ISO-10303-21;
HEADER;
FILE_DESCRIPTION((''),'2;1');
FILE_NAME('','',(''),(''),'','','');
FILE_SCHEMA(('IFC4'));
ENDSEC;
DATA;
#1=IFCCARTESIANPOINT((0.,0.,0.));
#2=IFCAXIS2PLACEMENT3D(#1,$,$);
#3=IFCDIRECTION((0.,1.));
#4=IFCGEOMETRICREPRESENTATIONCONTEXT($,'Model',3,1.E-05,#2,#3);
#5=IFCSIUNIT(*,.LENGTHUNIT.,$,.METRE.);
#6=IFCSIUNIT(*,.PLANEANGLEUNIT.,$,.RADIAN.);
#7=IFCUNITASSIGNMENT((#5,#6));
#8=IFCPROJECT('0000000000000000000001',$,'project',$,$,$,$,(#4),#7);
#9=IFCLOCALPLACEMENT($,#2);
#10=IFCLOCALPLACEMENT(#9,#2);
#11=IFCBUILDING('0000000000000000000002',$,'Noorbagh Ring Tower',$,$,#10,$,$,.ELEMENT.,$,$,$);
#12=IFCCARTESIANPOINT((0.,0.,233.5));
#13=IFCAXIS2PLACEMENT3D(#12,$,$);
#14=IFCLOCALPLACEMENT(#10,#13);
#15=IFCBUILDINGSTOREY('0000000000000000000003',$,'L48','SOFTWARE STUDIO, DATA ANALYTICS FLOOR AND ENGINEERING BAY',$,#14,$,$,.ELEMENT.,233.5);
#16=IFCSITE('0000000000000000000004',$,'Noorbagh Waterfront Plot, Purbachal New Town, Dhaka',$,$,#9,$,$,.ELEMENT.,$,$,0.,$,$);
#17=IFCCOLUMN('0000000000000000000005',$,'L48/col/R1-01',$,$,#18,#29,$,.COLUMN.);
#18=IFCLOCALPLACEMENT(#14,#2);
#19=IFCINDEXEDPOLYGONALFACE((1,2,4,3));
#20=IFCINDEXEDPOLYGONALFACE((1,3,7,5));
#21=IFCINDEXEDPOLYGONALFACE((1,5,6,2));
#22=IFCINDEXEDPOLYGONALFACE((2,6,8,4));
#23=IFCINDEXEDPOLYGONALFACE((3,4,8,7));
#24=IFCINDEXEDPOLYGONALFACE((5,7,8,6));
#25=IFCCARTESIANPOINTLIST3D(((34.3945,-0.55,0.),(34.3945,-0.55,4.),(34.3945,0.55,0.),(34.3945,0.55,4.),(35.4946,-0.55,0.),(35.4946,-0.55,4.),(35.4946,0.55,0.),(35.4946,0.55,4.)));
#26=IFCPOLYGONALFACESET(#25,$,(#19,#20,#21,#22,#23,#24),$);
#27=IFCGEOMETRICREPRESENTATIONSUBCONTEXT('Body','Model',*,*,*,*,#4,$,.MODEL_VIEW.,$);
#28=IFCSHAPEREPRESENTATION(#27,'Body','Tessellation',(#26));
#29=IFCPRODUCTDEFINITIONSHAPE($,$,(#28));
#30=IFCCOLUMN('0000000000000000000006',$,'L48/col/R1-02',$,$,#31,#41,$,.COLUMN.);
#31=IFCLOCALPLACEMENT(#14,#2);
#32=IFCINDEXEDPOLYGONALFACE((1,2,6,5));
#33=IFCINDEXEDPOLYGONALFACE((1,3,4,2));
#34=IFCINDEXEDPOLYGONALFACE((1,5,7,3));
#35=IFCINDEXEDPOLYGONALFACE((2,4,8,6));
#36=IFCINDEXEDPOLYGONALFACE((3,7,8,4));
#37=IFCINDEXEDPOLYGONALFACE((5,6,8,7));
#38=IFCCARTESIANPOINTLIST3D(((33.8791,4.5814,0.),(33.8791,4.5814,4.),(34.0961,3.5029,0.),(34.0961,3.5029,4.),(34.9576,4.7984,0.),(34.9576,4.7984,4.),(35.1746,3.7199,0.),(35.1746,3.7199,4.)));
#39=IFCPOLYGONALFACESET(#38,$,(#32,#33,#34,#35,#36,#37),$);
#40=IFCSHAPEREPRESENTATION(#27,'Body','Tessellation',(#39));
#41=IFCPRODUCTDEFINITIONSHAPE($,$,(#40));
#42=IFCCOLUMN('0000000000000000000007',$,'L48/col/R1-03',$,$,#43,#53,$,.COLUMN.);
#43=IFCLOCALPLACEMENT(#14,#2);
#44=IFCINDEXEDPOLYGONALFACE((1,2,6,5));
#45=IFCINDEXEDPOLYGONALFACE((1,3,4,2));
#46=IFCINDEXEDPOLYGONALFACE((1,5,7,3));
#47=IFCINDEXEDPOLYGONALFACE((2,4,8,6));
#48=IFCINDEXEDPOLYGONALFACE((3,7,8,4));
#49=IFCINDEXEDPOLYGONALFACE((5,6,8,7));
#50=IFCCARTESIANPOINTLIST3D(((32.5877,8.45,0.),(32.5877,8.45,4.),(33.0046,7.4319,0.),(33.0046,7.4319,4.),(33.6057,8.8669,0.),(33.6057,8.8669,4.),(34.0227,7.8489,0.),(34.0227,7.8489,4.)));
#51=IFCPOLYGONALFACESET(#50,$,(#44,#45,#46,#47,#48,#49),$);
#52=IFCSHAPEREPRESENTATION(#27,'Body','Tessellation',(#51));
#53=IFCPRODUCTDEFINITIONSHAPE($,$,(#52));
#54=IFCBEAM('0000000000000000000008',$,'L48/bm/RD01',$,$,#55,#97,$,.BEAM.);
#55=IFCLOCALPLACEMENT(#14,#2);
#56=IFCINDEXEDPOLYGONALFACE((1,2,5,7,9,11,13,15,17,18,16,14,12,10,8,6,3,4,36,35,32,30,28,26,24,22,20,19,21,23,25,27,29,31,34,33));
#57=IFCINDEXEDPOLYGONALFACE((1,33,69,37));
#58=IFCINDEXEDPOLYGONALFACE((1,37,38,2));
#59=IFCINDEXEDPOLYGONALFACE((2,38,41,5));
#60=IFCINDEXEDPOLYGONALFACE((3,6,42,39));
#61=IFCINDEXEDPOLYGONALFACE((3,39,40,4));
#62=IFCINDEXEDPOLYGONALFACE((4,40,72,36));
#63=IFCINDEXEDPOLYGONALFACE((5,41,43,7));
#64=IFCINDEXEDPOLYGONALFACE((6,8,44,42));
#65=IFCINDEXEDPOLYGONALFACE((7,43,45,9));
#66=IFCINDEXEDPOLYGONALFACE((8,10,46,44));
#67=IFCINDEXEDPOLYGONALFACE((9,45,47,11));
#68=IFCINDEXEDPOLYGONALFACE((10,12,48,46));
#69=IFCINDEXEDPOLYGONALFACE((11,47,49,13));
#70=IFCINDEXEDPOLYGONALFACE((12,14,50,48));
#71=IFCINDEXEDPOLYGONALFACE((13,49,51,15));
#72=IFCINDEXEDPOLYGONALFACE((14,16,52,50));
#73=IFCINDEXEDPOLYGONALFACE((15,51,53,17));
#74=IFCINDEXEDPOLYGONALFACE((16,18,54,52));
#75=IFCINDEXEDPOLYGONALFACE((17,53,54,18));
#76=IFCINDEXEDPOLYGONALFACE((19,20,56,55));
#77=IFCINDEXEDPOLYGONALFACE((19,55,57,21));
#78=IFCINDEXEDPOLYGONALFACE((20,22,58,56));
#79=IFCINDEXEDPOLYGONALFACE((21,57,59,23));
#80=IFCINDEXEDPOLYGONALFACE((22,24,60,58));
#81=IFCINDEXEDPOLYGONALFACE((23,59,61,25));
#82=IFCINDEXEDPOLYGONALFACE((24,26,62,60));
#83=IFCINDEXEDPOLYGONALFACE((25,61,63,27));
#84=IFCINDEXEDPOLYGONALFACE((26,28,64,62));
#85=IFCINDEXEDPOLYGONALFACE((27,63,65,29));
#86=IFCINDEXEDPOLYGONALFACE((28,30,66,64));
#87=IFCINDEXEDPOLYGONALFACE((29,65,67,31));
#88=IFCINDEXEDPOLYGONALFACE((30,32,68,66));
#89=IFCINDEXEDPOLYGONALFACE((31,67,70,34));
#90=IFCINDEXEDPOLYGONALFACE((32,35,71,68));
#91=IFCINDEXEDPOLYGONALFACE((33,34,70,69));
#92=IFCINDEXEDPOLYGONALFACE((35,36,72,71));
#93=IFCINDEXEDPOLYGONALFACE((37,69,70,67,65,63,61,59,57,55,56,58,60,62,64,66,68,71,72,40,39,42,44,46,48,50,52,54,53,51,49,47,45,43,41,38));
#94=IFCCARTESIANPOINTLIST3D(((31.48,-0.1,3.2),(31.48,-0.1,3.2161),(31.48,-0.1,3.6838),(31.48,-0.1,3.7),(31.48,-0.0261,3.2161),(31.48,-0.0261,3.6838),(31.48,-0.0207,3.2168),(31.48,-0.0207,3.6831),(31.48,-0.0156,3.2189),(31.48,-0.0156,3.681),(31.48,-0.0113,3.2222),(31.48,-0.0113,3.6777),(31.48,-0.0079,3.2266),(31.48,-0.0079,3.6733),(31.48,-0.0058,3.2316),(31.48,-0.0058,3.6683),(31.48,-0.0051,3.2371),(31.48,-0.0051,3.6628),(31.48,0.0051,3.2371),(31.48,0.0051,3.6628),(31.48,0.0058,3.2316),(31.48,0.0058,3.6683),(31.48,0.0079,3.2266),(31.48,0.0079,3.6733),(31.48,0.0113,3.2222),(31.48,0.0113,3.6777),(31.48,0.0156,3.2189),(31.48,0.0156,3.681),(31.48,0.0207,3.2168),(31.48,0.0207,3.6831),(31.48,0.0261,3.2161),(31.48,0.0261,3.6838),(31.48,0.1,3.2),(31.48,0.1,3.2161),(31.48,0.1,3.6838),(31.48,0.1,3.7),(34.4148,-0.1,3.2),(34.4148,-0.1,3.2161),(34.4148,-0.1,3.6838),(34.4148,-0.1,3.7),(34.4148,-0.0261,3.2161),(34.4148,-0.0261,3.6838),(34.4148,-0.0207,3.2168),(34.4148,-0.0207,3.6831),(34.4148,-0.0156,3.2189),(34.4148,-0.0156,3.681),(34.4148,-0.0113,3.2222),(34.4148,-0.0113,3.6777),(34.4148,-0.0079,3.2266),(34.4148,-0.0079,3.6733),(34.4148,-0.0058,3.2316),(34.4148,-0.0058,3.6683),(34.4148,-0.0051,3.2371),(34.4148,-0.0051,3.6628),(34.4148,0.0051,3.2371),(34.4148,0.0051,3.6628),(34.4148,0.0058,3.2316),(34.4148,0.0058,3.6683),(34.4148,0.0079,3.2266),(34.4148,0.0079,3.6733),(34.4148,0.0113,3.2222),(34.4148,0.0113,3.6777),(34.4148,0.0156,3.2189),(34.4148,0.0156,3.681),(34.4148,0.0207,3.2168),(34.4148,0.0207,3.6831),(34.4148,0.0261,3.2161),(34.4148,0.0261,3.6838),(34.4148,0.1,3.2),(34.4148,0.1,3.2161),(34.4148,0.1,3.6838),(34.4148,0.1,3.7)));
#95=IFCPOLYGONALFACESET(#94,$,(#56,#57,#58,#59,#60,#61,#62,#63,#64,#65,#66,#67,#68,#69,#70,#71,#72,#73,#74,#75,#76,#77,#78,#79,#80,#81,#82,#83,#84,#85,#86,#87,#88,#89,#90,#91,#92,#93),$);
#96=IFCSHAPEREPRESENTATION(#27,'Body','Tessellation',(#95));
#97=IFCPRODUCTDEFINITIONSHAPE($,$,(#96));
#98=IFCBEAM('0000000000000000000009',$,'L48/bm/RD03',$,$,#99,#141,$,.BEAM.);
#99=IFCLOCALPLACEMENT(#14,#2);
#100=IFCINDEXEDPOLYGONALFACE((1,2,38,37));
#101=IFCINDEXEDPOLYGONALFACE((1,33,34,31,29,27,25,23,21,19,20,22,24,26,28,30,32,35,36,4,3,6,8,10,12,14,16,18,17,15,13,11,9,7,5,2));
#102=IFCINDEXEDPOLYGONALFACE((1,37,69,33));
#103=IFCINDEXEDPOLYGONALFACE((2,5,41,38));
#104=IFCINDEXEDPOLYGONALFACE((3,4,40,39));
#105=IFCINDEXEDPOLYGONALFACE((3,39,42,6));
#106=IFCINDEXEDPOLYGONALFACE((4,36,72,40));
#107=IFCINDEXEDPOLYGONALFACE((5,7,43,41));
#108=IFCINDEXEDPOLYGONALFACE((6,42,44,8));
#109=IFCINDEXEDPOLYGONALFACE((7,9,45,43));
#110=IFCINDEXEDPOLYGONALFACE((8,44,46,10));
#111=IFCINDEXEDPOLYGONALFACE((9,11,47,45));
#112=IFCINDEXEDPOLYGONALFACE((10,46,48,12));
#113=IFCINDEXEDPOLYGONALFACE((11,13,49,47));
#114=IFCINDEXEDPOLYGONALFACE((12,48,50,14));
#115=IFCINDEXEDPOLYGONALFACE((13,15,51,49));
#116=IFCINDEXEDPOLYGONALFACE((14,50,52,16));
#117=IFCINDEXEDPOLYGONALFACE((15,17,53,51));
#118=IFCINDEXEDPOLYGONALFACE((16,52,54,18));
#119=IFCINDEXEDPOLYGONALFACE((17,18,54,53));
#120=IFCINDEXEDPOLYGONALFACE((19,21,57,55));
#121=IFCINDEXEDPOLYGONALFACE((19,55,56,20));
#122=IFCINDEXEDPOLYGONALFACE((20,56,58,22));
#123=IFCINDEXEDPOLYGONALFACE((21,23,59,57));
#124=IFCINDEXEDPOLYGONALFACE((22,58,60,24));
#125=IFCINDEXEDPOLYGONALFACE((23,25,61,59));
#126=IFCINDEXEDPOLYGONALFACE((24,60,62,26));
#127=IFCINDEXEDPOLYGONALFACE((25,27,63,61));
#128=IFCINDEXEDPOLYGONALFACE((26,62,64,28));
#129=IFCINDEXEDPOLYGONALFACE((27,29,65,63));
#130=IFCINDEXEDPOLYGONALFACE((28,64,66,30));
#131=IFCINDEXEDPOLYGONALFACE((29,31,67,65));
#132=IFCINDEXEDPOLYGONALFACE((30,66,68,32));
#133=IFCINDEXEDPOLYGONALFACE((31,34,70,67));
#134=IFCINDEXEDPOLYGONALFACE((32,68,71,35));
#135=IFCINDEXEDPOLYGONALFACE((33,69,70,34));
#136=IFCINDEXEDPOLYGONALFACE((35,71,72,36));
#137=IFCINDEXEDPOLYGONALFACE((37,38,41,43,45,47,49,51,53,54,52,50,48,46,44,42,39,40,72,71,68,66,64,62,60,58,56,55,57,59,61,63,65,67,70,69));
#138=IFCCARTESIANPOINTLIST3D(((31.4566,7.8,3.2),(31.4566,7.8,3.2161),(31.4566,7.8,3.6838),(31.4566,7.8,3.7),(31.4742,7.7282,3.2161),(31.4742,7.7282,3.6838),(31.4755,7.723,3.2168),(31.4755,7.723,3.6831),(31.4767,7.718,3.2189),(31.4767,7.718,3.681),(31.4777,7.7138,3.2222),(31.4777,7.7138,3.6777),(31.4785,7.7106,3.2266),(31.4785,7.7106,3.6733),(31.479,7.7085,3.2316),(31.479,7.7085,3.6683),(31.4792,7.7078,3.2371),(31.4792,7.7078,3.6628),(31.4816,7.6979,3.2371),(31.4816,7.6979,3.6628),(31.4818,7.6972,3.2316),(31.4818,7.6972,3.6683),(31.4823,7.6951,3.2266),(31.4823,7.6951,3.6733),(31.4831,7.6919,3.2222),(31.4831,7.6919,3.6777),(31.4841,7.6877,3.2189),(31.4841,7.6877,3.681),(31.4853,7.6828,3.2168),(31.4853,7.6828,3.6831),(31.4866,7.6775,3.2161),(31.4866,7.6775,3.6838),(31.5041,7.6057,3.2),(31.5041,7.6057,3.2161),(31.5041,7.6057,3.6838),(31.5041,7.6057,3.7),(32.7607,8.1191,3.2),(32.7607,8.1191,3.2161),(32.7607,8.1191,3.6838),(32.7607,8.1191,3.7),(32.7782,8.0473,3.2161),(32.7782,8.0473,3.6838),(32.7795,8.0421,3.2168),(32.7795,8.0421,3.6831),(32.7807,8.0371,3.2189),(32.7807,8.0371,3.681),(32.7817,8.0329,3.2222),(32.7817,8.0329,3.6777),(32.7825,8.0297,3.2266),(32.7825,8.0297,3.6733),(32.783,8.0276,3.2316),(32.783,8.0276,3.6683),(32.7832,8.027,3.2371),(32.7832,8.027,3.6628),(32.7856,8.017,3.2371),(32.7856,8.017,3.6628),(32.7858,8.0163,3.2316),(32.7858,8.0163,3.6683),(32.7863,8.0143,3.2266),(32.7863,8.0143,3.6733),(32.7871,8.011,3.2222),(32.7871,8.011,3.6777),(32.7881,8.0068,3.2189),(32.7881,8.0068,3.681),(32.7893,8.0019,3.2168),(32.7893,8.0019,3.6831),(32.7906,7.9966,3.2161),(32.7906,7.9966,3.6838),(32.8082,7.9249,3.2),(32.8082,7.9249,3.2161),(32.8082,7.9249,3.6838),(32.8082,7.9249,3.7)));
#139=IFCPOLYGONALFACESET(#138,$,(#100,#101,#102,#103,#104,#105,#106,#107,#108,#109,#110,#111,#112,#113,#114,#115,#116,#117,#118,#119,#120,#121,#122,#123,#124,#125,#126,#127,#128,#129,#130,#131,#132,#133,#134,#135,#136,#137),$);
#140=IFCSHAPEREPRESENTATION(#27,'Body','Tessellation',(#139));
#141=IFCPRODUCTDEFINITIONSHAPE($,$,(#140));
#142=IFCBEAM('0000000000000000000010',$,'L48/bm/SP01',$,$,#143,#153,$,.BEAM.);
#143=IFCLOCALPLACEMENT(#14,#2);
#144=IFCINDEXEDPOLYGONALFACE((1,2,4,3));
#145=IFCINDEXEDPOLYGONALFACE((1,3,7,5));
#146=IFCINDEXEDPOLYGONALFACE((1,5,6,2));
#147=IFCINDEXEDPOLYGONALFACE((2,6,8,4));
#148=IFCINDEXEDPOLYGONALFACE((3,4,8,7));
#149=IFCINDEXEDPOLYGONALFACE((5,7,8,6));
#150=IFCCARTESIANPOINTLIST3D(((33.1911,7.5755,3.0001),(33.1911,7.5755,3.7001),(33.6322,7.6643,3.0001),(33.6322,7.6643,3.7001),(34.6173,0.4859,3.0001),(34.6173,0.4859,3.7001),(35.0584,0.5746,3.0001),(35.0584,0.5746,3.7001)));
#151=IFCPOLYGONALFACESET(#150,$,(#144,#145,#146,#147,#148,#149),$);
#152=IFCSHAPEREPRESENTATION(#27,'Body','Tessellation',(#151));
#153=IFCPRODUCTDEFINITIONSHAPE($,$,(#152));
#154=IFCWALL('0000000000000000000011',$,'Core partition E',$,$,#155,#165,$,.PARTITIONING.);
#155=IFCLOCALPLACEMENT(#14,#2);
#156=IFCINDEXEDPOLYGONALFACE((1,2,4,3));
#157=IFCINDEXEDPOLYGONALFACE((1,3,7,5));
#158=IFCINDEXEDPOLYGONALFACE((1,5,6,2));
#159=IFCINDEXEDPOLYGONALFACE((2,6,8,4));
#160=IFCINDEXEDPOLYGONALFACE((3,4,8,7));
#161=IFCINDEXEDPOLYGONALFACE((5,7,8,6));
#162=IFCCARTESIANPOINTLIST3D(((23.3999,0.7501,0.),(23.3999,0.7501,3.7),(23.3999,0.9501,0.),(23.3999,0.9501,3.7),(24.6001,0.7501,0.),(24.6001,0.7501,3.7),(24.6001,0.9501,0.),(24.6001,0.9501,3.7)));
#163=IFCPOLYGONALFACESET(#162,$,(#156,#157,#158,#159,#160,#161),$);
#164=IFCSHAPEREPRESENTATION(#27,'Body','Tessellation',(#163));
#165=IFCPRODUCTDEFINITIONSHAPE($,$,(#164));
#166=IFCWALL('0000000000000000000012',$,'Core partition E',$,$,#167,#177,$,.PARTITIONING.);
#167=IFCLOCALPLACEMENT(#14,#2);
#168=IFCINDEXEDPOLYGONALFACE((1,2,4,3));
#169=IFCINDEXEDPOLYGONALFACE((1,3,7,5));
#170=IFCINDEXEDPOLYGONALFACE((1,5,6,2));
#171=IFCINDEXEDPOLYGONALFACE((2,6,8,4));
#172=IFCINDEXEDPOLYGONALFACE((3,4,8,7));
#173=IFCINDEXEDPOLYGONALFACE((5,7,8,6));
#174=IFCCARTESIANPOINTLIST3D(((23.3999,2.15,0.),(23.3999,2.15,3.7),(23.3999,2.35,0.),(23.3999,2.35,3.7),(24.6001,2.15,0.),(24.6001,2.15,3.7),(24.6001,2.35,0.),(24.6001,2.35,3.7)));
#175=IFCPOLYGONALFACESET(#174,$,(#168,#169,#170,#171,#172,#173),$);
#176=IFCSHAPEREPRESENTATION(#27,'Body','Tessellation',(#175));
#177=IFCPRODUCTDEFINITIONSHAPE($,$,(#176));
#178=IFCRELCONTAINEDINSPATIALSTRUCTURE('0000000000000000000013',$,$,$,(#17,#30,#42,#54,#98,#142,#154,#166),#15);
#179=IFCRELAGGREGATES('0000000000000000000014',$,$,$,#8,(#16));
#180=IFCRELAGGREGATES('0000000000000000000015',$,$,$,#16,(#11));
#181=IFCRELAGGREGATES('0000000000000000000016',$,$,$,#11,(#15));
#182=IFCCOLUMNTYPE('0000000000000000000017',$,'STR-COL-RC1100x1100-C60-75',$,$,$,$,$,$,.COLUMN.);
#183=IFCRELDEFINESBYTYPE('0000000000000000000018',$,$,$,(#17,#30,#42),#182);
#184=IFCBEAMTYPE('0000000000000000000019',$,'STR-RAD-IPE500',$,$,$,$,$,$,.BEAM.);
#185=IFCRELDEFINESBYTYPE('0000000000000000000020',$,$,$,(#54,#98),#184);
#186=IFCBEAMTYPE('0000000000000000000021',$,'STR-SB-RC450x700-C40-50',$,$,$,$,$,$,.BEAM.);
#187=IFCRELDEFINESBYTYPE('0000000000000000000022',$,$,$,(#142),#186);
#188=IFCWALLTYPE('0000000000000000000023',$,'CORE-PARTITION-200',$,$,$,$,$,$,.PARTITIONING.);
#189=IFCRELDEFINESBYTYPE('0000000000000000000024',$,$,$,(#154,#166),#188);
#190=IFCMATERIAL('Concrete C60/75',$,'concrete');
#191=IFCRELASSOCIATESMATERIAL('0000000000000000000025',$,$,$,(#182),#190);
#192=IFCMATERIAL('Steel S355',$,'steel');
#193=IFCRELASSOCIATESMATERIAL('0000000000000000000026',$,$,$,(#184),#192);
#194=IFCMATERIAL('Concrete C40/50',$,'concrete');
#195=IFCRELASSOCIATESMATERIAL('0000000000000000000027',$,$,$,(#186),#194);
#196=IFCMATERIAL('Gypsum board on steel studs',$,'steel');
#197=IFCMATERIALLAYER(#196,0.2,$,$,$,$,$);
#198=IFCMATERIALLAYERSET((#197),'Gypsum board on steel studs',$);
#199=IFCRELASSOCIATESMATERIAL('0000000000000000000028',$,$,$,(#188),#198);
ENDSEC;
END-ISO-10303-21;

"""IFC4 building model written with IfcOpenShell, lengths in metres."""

from ifc_helpers import new_model, si_unit, direction, frame, frame_2d, origin, origin_2d, place, context, subcontext, project, spatial, rectangle, i_section, extrude, material, layer, layer_set, material_profile, profile_set, type_object, element, save


model = new_model("IFC4")

# Units and contexts
model_context = context("Model", 3, precision=1e-05, world=origin(), true_north=direction((0.0, 1.0)))
body_context = subcontext(model_context, "Body", "Model", "MODEL_VIEW")
ifc_project = project(units=[si_unit("LENGTHUNIT", "METRE"), si_unit("PLANEANGLEUNIT", "RADIAN")], contexts=[model_context])

# Site, building, storey
site_placement = place(None, origin())
site = spatial("IfcSite", under=ifc_project, at=site_placement, Name="Noorbagh Waterfront Plot, Purbachal New Town, Dhaka", CompositionType="ELEMENT", RefElevation=0.0)
building_placement = place(site_placement, origin())
building = spatial("IfcBuilding", under=site, at=building_placement, Name="Noorbagh Ring Tower", CompositionType="ELEMENT")
storey_placement = place(building_placement, frame((0.0, 0.0, 233.5)))
storey = spatial("IfcBuildingStorey", under=building, at=storey_placement, Name="L48", Description="SOFTWARE STUDIO, DATA ANALYTICS FLOOR AND ENGINEERING BAY", CompositionType="ELEMENT", Elevation=233.5)

# Columns
ifc_material_1 = material(Name="Concrete C60/75", Category="concrete")
ifc_material_profile_1 = material_profile(ifc_material_1, rectangle(XDim=1.1001, YDim=1.1001, at=origin_2d()), Name="RC1100x1100")
ifc_profile_set_1 = profile_set([ifc_material_profile_1], Name="Concrete C60/75")
column_type = type_object("IfcColumnType", Name="STR-COL-RC1100x1100-C60-75", PredefinedType="COLUMN", material=ifc_profile_set_1)
for number, where, z_axis, x_axis, name in (
    (1, (34.9446, 0.0, 0.0), (0.0, 0.0, 1.0), (0.0, 1.0, 0.0), "L48/col/R1-01"),
    (2, (34.5269, 4.1506, 0.0), (0.0, 0.0, 1.0), (-0.19723, 0.980357, 0.0), "L48/col/R1-02"),
    (3, (33.3052, 8.1494, 0.0), (0.0, 0.0, 1.0), (-0.378989, 0.925401, 0.0), "L48/col/R1-03"),
):
    element("IfcColumn", number, at=place(storey_placement, frame(where, z_axis=z_axis, x_axis=x_axis)), inside=storey, type_object=column_type, Name=name, PredefinedType="COLUMN", context=body_context, shape_type="SweptSolid", body=[
        extrude(rectangle(XDim=1.1001, YDim=1.1001, at=origin_2d()), origin(), (0.0, 0.0, 1.0), 4.0),
    ])

# Beams
ifc_material_2 = material(Name="Steel S355", Category="steel")
ifc_material_profile_2 = material_profile(ifc_material_2, i_section(OverallWidth=0.2, OverallDepth=0.5, WebThickness=0.0103, FlangeThickness=0.0161, FilletRadius=0.021, at=origin_2d()), Name="IPE500")
ifc_profile_set_2 = profile_set([ifc_material_profile_2], Name="Steel S355")
beam_type_1 = type_object("IfcBeamType", Name="STR-RAD-IPE500", PredefinedType="BEAM", material=ifc_profile_set_2)
beam_1_placement = place(storey_placement, frame((34.4148, 0.0, 3.45), z_axis=(-1.0, 0.0, 0.0), x_axis=(0.0, -1.0, 0.0)))
element("IfcBeam", 4, at=beam_1_placement, inside=storey, type_object=beam_type_1, Name="L48/bm/RD01", PredefinedType="BEAM", context=body_context, shape_type="SweptSolid", body=[
    extrude(i_section(OverallWidth=0.2, OverallDepth=0.5, WebThickness=0.0103, FlangeThickness=0.0161, FilletRadius=0.021, at=origin_2d()), origin(), (0.0, 0.0, 1.0), 2.9348),
])
beam_2_placement = place(storey_placement, frame((32.7844, 8.022, 3.45), z_axis=(-0.971339, -0.237697, 0.0), x_axis=(0.237697, -0.971339, 0.0)))
element("IfcBeam", 5, at=beam_2_placement, inside=storey, type_object=beam_type_1, Name="L48/bm/RD03", PredefinedType="BEAM", context=body_context, shape_type="SweptSolid", body=[
    extrude(i_section(OverallWidth=0.2, OverallDepth=0.5, WebThickness=0.0103, FlangeThickness=0.0161, FilletRadius=0.021, at=origin_2d()), origin(), (0.0, 0.0, 1.0), 1.3425),
])
ifc_material_3 = material(Name="Concrete C40/50", Category="concrete")
ifc_material_profile_3 = material_profile(ifc_material_3, rectangle(XDim=0.45, YDim=0.7, at=origin_2d()), Name="RC450x700")
ifc_profile_set_3 = profile_set([ifc_material_profile_3], Name="Concrete C40/50")
beam_type_2 = type_object("IfcBeamType", Name="STR-SB-RC450x700-C40-50", PredefinedType="BEAM", material=ifc_profile_set_3)
beam_3_placement = place(storey_placement, frame((34.8379, 0.5303, 3.3501), z_axis=(-0.197226, 0.980358, 0.0), x_axis=(-0.980358, -0.197226, 0.0)))
element("IfcBeam", 6, at=beam_3_placement, inside=storey, type_object=beam_type_2, Name="L48/bm/SP01", PredefinedType="BEAM", context=body_context, shape_type="SweptSolid", body=[
    extrude(rectangle(XDim=0.45, YDim=0.7, at=origin_2d()), origin(), (0.0, 0.0, 1.0), 7.2317),
])

# Walls
ifc_material_4 = material(Name="Gypsum board on steel studs", Category="steel")
ifc_layer_1 = layer(ifc_material_4, 0.2)
ifc_layer_set_1 = layer_set([ifc_layer_1], Name="Gypsum board on steel studs")
wall_type_1 = type_object("IfcWallType", Name="CORE-PARTITION-200", PredefinedType="PARTITIONING", material=ifc_layer_set_1)
for number, where, z_axis, x_axis, name in (
    (7, (23.3999, 0.8501, 0.0), (0.0, 0.0, 1.0), (1.0, 0.0, 0.0), "Core partition E"),
    (8, (23.3999, 2.25, 0.0), (0.0, 0.0, 1.0), (1.0, 0.0, 0.0), "Core partition E"),
):
    element("IfcWall", number, at=place(storey_placement, frame(where, z_axis=z_axis, x_axis=x_axis)), inside=storey, type_object=wall_type_1, Name=name, PredefinedType="PARTITIONING", context=body_context, shape_type="SweptSolid", body=[
        extrude(rectangle(XDim=1.2002, YDim=0.2, at=frame_2d((0.6001, 0.0))), origin(), (0.0, 0.0, 1.0), 3.7),
    ])

save(model, "model.ifc")
